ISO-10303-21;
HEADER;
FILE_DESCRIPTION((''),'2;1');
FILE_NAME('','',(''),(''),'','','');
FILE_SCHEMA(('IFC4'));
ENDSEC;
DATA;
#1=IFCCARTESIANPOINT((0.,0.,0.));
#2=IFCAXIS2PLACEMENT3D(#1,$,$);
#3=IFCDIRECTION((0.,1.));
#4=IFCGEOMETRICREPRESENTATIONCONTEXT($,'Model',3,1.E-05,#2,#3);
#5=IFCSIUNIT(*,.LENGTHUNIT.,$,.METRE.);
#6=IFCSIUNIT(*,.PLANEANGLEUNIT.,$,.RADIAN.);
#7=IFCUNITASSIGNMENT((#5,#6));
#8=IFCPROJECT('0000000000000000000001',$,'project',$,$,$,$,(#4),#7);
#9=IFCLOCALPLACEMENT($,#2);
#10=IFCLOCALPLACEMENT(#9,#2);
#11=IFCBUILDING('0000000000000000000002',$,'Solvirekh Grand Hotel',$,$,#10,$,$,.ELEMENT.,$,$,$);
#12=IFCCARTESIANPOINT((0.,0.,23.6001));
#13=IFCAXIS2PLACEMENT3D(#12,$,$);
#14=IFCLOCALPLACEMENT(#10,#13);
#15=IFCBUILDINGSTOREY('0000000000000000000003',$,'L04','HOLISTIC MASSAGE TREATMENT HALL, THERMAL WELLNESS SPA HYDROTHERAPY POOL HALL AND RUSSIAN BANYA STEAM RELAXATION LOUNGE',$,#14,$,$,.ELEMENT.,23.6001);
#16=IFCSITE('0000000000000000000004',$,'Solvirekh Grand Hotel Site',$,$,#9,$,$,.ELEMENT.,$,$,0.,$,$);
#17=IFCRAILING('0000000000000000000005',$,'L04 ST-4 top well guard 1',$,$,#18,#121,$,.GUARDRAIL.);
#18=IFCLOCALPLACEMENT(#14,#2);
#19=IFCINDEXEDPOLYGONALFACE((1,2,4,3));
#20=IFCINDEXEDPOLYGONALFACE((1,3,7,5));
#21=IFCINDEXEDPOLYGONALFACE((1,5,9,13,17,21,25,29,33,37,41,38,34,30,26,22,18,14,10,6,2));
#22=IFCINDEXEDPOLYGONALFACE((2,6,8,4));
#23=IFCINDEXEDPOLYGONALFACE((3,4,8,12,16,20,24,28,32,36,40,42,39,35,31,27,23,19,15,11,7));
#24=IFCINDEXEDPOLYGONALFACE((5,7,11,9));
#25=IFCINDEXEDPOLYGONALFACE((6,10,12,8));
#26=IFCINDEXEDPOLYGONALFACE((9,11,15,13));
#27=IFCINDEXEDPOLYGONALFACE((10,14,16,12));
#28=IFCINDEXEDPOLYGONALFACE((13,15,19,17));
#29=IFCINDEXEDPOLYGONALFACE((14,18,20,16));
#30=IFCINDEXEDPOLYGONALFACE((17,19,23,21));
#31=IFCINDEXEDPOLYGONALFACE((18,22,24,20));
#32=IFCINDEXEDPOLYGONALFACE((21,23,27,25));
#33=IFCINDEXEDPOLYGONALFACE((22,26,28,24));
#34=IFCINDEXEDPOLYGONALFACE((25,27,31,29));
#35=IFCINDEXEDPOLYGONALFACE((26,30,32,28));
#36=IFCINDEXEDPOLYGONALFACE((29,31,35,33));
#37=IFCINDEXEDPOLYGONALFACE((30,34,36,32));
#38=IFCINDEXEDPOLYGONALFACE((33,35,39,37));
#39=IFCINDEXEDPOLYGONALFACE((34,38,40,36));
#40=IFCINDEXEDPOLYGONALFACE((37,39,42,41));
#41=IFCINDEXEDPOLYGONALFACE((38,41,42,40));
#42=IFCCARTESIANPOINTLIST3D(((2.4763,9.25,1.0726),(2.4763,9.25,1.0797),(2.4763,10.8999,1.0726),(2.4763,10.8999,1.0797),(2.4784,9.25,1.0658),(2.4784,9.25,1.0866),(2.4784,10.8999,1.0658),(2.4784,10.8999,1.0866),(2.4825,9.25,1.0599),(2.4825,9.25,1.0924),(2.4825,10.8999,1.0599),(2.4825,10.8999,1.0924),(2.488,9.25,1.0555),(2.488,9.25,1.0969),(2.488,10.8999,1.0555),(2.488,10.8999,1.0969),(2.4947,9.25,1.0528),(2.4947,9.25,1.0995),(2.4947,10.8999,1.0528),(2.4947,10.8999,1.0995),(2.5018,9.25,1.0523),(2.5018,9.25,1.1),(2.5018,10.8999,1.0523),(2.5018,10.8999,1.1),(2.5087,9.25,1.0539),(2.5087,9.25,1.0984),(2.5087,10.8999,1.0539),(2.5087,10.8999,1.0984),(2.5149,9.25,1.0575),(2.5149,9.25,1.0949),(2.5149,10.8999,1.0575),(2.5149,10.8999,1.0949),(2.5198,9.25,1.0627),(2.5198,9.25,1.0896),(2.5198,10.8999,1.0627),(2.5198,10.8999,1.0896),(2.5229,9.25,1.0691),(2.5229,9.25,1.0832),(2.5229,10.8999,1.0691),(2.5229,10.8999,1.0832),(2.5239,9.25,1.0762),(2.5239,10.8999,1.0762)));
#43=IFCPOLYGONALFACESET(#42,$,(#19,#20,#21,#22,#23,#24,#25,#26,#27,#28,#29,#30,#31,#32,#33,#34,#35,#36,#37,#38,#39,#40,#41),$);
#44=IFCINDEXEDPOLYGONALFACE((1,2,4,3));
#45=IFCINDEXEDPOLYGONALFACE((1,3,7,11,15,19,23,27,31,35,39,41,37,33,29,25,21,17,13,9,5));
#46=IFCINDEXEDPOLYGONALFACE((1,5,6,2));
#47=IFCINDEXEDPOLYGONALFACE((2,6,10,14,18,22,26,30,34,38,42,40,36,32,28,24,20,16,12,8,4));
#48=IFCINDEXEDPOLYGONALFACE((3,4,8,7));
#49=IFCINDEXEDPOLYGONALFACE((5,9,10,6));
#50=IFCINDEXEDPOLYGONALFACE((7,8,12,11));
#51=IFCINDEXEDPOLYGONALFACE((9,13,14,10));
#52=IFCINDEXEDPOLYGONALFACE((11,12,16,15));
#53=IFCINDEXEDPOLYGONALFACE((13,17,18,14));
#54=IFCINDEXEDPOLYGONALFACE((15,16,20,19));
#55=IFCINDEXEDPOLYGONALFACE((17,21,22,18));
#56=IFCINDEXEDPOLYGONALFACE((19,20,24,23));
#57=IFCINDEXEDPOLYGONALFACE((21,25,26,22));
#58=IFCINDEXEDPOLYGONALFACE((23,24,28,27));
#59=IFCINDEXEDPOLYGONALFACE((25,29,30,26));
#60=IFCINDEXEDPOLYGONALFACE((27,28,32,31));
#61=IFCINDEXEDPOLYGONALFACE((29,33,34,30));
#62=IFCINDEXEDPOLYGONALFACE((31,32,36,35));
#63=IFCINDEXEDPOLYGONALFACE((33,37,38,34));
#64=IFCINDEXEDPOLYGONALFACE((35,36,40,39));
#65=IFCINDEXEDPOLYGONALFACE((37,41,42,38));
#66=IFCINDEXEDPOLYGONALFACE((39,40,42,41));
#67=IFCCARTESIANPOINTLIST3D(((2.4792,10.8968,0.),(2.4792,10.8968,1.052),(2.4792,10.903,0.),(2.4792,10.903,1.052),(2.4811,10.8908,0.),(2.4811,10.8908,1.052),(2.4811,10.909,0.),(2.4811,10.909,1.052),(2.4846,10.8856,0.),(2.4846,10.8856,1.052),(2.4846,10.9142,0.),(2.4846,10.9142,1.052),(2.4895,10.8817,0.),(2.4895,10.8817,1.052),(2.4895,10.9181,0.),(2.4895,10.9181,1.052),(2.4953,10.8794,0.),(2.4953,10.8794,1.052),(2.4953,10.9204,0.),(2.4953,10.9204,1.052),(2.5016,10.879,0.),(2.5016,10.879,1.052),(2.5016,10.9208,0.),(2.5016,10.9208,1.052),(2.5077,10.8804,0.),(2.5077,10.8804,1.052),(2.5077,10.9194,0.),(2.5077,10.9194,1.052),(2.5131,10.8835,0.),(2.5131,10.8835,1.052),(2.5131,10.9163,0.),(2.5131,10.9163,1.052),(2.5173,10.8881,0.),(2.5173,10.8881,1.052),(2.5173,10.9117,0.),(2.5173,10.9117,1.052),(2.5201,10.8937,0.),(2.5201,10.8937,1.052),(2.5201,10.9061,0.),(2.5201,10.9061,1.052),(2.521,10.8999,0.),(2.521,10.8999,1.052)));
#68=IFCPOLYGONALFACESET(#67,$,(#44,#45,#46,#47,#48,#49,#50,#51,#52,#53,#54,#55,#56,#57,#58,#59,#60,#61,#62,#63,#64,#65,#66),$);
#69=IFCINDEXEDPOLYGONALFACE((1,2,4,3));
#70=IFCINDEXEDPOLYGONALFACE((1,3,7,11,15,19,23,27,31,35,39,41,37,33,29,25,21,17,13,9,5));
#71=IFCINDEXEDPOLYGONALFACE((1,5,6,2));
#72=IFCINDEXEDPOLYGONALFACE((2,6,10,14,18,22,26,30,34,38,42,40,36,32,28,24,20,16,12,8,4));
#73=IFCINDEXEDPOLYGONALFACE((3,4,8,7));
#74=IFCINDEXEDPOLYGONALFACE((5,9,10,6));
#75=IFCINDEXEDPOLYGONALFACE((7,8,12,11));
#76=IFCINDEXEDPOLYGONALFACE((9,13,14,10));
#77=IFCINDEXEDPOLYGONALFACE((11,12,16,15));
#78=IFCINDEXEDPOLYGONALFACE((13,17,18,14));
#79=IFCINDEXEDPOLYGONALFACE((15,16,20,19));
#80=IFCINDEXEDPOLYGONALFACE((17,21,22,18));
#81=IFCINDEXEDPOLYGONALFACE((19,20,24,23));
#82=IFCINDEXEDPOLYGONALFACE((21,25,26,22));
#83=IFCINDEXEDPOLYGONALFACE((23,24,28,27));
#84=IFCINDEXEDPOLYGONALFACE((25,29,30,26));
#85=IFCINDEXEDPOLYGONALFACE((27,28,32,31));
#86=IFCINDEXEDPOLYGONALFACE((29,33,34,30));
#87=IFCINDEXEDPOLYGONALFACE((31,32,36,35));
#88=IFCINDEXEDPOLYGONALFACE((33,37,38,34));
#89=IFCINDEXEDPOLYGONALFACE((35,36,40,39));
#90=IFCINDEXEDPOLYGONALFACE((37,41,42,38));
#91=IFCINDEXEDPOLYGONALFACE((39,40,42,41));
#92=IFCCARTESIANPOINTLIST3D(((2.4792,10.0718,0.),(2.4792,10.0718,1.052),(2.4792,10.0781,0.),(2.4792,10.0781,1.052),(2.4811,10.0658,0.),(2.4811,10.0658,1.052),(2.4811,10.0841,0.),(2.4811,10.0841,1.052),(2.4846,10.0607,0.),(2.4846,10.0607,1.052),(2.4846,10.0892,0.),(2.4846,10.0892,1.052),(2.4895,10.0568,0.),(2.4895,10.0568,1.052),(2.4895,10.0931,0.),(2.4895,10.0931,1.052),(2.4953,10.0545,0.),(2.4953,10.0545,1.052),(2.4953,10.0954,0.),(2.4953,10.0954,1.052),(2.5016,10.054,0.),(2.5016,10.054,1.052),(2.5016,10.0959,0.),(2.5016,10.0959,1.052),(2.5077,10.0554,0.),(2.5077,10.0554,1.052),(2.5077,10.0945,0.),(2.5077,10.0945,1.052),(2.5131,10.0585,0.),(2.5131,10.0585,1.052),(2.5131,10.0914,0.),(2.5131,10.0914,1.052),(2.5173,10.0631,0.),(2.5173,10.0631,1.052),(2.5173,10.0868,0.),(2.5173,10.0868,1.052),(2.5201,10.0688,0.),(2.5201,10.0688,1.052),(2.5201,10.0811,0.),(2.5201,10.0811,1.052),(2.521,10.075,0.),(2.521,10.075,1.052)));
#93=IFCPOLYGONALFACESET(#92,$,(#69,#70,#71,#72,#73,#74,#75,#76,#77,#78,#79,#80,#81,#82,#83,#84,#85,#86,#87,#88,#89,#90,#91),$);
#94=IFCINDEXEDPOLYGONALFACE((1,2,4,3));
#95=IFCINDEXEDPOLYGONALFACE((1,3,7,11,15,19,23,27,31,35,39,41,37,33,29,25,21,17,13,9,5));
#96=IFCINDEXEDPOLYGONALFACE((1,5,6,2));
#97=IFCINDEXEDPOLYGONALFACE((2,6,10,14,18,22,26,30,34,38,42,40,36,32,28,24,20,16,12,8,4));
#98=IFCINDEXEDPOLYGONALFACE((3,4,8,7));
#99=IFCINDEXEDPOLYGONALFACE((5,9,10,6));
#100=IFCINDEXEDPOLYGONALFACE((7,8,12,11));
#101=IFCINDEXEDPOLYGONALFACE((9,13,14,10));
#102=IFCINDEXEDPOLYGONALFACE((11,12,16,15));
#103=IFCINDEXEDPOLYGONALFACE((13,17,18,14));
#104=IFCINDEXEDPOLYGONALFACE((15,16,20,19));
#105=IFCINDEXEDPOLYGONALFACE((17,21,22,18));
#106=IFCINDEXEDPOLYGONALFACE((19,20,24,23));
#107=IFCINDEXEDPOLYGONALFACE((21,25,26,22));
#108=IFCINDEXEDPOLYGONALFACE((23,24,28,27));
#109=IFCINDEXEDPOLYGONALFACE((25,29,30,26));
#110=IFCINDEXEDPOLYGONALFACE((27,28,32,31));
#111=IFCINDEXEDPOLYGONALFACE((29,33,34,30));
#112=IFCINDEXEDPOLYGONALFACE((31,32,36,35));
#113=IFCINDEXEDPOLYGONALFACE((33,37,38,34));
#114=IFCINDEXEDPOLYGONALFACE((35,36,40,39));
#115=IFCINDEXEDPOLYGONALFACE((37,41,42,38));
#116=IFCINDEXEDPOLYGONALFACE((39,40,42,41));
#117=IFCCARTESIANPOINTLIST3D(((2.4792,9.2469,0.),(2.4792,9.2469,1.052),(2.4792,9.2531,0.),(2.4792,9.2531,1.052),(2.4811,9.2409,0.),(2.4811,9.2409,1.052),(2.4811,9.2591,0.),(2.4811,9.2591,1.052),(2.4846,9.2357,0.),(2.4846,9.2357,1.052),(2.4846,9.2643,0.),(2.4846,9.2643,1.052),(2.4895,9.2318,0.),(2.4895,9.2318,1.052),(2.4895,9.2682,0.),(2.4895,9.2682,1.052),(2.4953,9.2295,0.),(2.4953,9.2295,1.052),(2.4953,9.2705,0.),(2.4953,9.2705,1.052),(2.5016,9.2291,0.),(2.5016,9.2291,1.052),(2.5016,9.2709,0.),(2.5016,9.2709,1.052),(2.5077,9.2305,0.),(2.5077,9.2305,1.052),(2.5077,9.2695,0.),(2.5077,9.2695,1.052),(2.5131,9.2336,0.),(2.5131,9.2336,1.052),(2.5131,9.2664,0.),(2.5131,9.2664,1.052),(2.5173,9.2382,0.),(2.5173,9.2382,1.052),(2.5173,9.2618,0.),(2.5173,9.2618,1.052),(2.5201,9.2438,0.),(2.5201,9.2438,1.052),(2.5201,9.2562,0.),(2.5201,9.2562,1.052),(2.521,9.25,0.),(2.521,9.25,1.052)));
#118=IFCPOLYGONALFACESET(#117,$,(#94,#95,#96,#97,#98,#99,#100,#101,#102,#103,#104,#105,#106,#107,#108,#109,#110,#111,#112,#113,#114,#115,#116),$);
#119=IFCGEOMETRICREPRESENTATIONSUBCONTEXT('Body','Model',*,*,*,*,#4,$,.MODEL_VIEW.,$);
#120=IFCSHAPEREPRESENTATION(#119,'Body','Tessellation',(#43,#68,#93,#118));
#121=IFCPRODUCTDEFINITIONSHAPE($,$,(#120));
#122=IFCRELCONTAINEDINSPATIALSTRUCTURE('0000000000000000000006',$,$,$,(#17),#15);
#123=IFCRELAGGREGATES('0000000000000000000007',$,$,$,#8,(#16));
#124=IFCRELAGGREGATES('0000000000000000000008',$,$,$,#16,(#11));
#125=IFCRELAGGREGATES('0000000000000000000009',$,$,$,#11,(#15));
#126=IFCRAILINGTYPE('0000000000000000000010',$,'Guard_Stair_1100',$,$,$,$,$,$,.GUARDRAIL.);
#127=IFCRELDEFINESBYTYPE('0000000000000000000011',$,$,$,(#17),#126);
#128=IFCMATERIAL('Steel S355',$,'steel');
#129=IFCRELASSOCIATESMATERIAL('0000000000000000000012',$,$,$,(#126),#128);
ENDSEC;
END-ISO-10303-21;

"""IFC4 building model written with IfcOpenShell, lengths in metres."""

from ifc_helpers import new_model, si_unit, direction, frame, origin, origin_2d, place, context, subcontext, project, spatial, circle, extrude, material, type_object, element, save


model = new_model("IFC4")

# Units and contexts
model_context = context("Model", 3, precision=1e-05, world=origin(), true_north=direction((0.0, 1.0)))
body_context = subcontext(model_context, "Body", "Model", "MODEL_VIEW")
ifc_project = project(units=[si_unit("LENGTHUNIT", "METRE"), si_unit("PLANEANGLEUNIT", "RADIAN")], contexts=[model_context])

# Site, building, storey
site_placement = place(None, origin())
site = spatial("IfcSite", under=ifc_project, at=site_placement, Name="Solvirekh Grand Hotel Site", CompositionType="ELEMENT", RefElevation=0.0)
building_placement = place(site_placement, origin())
building = spatial("IfcBuilding", under=site, at=building_placement, Name="Solvirekh Grand Hotel", CompositionType="ELEMENT")
storey_placement = place(building_placement, frame((0.0, 0.0, 23.6001)))
storey = spatial("IfcBuildingStorey", under=building, at=storey_placement, Name="L04", Description="HOLISTIC MASSAGE TREATMENT HALL, THERMAL WELLNESS SPA HYDROTHERAPY POOL HALL AND RUSSIAN BANYA STEAM RELAXATION LOUNGE", CompositionType="ELEMENT", Elevation=23.6001)

# Shared definitions
ifc_material_1 = material(Name="Steel S355", Category="steel")

# Railing
railing_type = type_object("IfcRailingType", Name="Guard_Stair_1100", PredefinedType="GUARDRAIL", material=ifc_material_1)
railing_placement = place(storey_placement, frame((2.5, 10.8999, 0.0)))
element("IfcRailing", 1, at=railing_placement, inside=storey, type_object=railing_type, Name="L04 ST-4 top well guard 1", PredefinedType="GUARDRAIL", context=body_context, shape_type="SweptSolid", body=[
    extrude(circle(Radius=0.0239, at=origin_2d()), frame((0.0, 0.0, 1.0762), z_axis=(0.0, -1.0, 0.0), x_axis=(1.0, 0.0, 0.0)), (0.0, 0.0, 1.0), 1.6499),
    extrude(circle(Radius=0.021, at=origin_2d()), origin(), (0.0, 0.0, 1.0), 1.052),
    extrude(circle(Radius=0.021, at=origin_2d()), frame((0.0, -0.825, 0.0)), (0.0, 0.0, 1.0), 1.052),
    extrude(circle(Radius=0.021, at=origin_2d()), frame((0.0, -1.6499, 0.0)), (0.0, 0.0, 1.0), 1.052),
])

save(model, "model.ifc")
